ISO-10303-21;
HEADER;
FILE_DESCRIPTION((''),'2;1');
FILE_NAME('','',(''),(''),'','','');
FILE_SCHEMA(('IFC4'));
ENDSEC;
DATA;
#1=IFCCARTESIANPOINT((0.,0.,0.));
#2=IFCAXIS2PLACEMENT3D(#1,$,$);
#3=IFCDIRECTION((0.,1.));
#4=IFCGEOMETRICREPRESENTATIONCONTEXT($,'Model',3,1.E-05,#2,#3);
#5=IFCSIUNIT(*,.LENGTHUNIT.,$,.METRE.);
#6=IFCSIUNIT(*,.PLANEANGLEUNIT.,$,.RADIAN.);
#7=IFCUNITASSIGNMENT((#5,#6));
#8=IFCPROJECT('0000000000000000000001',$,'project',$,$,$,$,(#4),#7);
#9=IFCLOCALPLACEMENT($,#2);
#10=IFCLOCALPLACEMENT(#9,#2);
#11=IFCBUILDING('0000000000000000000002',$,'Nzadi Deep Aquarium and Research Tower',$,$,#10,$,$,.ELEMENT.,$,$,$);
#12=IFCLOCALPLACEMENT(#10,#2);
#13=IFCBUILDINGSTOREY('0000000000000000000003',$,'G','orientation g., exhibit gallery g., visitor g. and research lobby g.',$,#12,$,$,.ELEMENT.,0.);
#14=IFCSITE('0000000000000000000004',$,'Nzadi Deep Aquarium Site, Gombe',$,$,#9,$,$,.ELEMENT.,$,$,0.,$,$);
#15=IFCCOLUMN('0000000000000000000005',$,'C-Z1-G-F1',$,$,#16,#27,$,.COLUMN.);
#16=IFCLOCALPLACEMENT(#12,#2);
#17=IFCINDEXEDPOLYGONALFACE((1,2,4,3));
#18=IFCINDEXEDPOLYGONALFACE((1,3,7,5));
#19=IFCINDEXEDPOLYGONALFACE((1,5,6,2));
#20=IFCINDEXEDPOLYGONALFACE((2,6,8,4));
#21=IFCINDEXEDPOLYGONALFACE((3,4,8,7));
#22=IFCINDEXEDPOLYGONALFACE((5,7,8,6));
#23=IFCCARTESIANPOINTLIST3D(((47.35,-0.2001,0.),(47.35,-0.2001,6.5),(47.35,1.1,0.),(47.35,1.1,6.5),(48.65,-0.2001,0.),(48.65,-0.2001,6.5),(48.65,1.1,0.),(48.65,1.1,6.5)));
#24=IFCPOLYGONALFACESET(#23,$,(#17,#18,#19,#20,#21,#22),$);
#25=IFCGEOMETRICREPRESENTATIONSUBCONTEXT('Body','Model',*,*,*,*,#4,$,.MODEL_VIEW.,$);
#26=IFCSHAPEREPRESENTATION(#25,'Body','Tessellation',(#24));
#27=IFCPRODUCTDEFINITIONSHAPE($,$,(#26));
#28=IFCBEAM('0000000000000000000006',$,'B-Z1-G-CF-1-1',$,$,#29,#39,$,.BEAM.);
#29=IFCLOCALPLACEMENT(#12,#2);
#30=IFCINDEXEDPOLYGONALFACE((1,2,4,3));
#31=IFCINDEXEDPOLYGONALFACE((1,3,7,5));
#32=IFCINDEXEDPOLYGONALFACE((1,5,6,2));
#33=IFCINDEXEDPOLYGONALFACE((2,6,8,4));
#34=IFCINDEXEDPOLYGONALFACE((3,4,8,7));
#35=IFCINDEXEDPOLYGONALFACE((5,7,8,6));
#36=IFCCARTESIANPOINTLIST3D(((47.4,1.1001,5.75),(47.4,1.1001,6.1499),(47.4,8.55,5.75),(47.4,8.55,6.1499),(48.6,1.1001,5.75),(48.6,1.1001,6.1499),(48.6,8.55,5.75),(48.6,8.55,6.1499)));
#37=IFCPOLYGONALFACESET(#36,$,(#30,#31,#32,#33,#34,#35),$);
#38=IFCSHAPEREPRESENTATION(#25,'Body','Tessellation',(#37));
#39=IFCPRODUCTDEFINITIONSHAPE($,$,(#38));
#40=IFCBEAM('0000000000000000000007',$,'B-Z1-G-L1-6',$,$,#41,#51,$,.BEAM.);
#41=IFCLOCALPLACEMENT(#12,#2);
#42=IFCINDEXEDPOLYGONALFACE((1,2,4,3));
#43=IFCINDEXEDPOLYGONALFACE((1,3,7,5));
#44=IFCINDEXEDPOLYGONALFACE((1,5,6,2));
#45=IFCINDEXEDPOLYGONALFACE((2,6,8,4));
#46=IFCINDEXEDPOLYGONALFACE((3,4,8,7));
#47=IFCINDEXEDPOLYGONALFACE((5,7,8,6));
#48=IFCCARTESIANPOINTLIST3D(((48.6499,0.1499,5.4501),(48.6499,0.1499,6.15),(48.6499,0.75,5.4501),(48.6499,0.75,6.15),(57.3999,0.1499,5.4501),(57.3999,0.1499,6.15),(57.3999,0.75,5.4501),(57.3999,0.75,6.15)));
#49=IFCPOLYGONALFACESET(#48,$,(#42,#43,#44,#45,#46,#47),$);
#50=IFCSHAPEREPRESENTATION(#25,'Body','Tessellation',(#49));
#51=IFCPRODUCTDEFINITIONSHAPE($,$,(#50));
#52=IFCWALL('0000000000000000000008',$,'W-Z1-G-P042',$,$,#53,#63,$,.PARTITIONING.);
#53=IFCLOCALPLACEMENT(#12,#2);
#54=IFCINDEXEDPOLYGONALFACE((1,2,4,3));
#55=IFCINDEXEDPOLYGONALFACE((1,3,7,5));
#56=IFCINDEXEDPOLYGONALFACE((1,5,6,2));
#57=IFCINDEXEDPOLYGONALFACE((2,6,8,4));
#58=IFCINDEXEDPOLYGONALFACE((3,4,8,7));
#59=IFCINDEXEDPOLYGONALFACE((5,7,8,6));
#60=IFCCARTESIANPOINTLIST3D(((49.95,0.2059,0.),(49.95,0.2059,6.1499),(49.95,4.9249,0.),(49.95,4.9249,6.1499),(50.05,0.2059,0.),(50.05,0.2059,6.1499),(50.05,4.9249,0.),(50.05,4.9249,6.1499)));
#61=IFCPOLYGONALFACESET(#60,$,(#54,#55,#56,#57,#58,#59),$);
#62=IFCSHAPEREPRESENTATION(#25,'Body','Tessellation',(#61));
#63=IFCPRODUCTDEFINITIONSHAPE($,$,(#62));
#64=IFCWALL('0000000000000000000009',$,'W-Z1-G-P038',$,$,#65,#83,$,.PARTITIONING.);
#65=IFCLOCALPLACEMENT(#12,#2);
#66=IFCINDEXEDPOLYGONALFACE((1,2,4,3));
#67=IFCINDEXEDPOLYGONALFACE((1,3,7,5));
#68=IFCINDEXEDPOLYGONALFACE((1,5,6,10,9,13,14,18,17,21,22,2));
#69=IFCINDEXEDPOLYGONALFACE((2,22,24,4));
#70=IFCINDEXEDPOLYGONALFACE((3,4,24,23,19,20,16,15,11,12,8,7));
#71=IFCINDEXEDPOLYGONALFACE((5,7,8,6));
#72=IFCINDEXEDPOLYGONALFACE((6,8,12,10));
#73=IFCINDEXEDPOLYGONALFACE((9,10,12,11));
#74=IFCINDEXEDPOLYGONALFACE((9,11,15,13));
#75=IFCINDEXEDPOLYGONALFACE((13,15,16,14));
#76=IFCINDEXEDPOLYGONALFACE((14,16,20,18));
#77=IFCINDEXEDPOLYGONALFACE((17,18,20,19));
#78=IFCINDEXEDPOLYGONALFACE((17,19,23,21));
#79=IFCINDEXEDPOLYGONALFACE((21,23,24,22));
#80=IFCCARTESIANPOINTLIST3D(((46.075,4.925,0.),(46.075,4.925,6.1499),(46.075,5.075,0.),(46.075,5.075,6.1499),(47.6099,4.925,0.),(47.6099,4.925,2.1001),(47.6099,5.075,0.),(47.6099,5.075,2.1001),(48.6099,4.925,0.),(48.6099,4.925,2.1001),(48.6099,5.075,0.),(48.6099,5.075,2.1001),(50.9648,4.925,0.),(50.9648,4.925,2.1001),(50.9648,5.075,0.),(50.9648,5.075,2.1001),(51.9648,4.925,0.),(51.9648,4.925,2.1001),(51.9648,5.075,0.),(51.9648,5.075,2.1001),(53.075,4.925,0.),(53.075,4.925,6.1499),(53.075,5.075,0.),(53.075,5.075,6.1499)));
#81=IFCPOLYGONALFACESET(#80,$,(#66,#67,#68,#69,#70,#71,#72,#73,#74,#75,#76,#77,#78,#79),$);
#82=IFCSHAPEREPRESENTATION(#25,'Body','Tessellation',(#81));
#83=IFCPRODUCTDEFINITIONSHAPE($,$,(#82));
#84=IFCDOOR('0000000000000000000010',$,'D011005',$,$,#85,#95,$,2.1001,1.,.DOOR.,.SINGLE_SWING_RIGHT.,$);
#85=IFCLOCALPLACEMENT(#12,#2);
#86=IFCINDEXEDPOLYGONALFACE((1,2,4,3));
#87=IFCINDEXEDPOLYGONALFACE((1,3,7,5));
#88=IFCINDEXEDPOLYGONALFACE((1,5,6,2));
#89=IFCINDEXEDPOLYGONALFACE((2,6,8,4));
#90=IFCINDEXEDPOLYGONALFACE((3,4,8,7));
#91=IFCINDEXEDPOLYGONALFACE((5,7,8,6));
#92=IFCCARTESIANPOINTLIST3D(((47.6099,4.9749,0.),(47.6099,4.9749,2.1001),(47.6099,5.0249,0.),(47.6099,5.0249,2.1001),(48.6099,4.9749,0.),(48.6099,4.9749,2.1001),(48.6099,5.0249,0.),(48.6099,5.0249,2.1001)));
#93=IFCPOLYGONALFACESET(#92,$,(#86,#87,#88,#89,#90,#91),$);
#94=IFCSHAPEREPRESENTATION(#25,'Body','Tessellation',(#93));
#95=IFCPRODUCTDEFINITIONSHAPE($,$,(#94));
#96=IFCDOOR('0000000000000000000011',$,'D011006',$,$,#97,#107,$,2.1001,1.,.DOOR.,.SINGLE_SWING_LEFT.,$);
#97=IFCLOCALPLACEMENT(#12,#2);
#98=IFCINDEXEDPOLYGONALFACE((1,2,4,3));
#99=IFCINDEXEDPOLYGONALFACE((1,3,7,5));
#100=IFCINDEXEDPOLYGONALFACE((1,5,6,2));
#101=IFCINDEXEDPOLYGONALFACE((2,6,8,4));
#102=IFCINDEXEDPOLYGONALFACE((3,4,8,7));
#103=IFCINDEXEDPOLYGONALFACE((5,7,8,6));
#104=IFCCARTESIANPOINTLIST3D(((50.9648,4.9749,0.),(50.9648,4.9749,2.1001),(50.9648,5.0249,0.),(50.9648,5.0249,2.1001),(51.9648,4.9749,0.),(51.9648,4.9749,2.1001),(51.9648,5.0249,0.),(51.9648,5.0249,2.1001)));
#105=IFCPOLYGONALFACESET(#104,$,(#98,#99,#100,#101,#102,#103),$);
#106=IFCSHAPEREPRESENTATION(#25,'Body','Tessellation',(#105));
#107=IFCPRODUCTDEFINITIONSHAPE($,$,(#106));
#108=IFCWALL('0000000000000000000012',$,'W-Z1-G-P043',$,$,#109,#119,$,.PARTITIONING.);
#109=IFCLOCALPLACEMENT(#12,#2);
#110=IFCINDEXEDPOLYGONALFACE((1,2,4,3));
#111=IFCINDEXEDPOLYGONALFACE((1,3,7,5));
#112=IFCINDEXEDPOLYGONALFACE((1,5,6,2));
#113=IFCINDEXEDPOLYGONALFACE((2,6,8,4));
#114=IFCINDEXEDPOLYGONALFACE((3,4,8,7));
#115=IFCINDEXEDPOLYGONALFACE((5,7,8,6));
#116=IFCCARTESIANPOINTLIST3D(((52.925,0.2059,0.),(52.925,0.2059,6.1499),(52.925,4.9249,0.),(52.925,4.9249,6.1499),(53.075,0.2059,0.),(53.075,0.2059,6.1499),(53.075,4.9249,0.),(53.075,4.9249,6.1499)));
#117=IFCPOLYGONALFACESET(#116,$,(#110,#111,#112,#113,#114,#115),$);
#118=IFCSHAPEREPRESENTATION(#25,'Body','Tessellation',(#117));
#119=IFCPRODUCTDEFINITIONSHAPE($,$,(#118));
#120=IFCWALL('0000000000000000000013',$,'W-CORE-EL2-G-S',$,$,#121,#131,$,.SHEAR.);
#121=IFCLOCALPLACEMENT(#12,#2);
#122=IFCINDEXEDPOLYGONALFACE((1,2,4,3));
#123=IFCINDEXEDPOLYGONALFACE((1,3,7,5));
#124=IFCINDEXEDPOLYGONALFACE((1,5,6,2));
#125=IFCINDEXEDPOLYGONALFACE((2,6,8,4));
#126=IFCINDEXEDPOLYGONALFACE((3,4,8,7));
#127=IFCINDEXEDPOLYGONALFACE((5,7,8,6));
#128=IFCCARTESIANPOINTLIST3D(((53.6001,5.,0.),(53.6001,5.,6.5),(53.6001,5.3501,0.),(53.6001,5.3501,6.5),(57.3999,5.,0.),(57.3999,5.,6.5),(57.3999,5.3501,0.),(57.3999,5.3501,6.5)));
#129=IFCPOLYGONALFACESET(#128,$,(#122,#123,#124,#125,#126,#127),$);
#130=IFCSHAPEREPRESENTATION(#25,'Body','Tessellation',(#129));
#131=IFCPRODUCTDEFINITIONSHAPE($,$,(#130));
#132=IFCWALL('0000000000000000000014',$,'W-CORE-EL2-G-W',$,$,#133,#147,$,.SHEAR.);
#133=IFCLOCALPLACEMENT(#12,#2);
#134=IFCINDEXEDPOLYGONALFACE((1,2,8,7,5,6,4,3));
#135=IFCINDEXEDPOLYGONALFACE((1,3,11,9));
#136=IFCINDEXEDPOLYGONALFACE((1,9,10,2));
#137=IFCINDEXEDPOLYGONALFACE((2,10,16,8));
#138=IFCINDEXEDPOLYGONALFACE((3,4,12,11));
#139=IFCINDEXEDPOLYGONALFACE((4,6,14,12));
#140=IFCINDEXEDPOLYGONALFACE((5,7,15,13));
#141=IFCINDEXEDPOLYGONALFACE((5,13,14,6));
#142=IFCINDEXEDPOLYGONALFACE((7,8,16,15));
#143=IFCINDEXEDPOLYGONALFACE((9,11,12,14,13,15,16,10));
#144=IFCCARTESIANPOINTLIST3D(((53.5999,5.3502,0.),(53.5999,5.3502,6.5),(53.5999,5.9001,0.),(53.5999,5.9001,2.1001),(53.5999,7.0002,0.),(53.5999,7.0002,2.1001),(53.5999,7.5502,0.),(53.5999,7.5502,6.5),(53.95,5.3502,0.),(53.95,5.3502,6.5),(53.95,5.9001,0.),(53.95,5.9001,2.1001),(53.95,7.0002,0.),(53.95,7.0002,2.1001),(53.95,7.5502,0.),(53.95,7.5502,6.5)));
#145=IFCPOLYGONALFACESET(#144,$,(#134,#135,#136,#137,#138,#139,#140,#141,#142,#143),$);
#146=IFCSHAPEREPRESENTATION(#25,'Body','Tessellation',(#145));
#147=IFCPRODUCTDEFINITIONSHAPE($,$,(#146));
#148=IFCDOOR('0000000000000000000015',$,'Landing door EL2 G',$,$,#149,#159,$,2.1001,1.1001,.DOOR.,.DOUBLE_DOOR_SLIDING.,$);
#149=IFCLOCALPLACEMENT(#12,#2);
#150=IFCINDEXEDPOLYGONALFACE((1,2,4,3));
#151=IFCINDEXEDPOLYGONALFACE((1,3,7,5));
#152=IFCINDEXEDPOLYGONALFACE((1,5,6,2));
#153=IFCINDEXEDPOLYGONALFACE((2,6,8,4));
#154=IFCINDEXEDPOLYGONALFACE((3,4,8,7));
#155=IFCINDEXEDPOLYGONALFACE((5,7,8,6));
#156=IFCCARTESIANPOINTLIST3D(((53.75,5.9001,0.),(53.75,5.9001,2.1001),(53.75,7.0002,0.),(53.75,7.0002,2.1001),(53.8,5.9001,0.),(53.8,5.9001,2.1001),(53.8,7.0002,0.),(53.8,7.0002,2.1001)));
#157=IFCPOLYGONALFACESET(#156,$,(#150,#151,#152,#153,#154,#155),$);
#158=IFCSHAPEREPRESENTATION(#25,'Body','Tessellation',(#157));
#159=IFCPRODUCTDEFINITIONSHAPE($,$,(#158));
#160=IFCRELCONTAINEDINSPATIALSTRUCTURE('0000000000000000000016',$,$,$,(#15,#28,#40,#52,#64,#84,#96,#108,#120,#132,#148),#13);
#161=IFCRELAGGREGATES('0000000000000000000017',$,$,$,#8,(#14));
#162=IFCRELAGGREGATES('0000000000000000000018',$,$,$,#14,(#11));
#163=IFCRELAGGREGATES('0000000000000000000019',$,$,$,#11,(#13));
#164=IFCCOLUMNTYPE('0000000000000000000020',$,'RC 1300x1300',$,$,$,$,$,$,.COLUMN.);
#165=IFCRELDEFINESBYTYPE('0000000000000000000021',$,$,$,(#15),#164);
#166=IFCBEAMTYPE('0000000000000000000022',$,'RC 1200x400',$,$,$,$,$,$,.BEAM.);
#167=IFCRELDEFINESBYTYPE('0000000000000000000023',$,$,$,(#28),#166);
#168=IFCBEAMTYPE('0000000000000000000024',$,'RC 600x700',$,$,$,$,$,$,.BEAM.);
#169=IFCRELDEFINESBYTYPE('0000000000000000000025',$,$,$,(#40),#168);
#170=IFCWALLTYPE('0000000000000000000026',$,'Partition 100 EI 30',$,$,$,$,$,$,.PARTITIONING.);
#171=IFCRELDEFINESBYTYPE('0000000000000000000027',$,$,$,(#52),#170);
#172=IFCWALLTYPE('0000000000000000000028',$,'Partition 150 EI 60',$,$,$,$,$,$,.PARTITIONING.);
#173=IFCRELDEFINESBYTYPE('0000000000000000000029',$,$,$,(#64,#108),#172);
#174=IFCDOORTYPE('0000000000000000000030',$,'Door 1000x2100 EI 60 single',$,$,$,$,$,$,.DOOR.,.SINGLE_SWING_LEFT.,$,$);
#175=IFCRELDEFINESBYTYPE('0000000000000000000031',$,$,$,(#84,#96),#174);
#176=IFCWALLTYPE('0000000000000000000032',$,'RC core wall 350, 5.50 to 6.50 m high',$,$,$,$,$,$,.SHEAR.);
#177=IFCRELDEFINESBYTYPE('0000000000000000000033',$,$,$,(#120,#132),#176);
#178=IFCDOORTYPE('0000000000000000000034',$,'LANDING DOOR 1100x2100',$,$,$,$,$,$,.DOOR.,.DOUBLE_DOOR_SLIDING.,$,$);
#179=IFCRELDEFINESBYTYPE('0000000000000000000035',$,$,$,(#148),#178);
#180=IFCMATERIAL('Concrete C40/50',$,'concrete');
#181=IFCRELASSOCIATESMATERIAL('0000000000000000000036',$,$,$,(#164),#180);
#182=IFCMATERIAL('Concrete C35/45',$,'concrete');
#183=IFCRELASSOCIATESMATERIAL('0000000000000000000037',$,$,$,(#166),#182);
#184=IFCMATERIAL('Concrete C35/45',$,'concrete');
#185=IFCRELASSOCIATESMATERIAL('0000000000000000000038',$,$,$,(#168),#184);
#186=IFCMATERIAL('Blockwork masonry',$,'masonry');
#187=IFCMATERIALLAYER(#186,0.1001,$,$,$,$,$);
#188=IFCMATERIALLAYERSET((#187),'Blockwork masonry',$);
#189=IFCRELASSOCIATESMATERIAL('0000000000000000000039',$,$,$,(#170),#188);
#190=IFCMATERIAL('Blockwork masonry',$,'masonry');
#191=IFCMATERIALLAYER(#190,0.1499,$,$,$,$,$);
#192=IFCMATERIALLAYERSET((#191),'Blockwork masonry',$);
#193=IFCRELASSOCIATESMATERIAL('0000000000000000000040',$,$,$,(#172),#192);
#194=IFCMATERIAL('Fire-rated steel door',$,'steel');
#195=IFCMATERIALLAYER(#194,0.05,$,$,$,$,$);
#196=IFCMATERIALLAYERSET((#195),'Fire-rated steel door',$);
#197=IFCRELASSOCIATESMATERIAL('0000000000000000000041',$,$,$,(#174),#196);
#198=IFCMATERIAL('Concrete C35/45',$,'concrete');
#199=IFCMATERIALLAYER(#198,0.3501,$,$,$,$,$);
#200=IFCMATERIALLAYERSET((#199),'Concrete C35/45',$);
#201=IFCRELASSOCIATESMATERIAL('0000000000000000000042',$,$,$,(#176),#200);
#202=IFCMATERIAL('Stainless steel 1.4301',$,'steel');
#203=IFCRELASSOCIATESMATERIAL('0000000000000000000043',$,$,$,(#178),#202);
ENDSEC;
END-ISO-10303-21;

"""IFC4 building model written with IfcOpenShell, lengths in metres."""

from ifc_helpers import new_model, si_unit, direction, frame, frame_2d, origin, origin_2d, place, context, subcontext, project, spatial, rectangle, extrude, material, layer, layer_set, material_profile, profile_set, type_object, element, fill, save


model = new_model("IFC4")

# Units and contexts
model_context = context("Model", 3, precision=1e-05, world=origin(), true_north=direction((0.0, 1.0)))
body_context = subcontext(model_context, "Body", "Model", "MODEL_VIEW")
ifc_project = project(units=[si_unit("LENGTHUNIT", "METRE"), si_unit("PLANEANGLEUNIT", "RADIAN")], contexts=[model_context])

# Site, building, storey
site_placement = place(None, origin())
site = spatial("IfcSite", under=ifc_project, at=site_placement, Name="Nzadi Deep Aquarium Site, Gombe", CompositionType="ELEMENT", RefElevation=0.0)
building_placement = place(site_placement, origin())
building = spatial("IfcBuilding", under=site, at=building_placement, Name="Nzadi Deep Aquarium and Research Tower", CompositionType="ELEMENT")
storey_placement = place(building_placement, origin())
storey = spatial("IfcBuildingStorey", under=building, at=storey_placement, Name="G", Description="orientation g., exhibit gallery g., visitor g. and research lobby g.", CompositionType="ELEMENT", Elevation=0.0)

# Column
ifc_material_1 = material(Name="Concrete C40/50", Category="concrete")
ifc_material_profile_1 = material_profile(ifc_material_1, rectangle(XDim=1.3, YDim=1.3, at=origin_2d()))
ifc_profile_set_1 = profile_set([ifc_material_profile_1], Name="Concrete C40/50")
column_type = type_object("IfcColumnType", Name="RC 1300x1300", PredefinedType="COLUMN", material=ifc_profile_set_1)
column_placement = place(storey_placement, frame((48.0, 0.45, 0.0), z_axis=(0.0, 0.0, 1.0), x_axis=(1.0, 0.0, 0.0)))
element("IfcColumn", 1, at=column_placement, inside=storey, type_object=column_type, Name="C-Z1-G-F1", PredefinedType="COLUMN", context=body_context, shape_type="SweptSolid", body=[
    extrude(rectangle(XDim=1.3, YDim=1.3, at=origin_2d()), origin(), (0.0, 0.0, 1.0), 6.5),
])

# Beams
ifc_material_2 = material(Name="Concrete C35/45", Category="concrete")
ifc_material_profile_2 = material_profile(ifc_material_2, rectangle(XDim=1.2, YDim=0.3999, at=origin_2d()))
ifc_profile_set_2 = profile_set([ifc_material_profile_2], Name="Concrete C35/45")
beam_type_1 = type_object("IfcBeamType", Name="RC 1200x400", PredefinedType="BEAM", material=ifc_profile_set_2)
beam_1_placement = place(storey_placement, frame((48.0, 1.1001, 5.95), z_axis=(0.0, 1.0, 0.0), x_axis=(-1.0, 0.0, 0.0)))
element("IfcBeam", 2, at=beam_1_placement, inside=storey, type_object=beam_type_1, Name="B-Z1-G-CF-1-1", PredefinedType="BEAM", context=body_context, shape_type="SweptSolid", body=[
    extrude(rectangle(XDim=1.2, YDim=0.3999, at=origin_2d()), origin(), (0.0, 0.0, 1.0), 7.45),
])
ifc_material_3 = material(Name="Concrete C35/45", Category="concrete")
ifc_material_profile_3 = material_profile(ifc_material_3, rectangle(XDim=0.6001, YDim=0.7, at=origin_2d()))
ifc_profile_set_3 = profile_set([ifc_material_profile_3], Name="Concrete C35/45")
beam_type_2 = type_object("IfcBeamType", Name="RC 600x700", PredefinedType="BEAM", material=ifc_profile_set_3)
beam_2_placement = place(storey_placement, frame((48.6499, 0.45, 5.8), z_axis=(1.0, 0.0, 0.0), x_axis=(0.0, 1.0, 0.0)))
element("IfcBeam", 3, at=beam_2_placement, inside=storey, type_object=beam_type_2, Name="B-Z1-G-L1-6", PredefinedType="BEAM", context=body_context, shape_type="SweptSolid", body=[
    extrude(rectangle(XDim=0.6001, YDim=0.7, at=origin_2d()), origin(), (0.0, 0.0, 1.0), 8.75),
])

# Wall
ifc_material_4 = material(Name="Blockwork masonry", Category="masonry")
ifc_layer_1 = layer(ifc_material_4, 0.1001)
ifc_layer_set_1 = layer_set([ifc_layer_1], Name="Blockwork masonry")
wall_type_1 = type_object("IfcWallType", Name="Partition 100 EI 30", PredefinedType="PARTITIONING", material=ifc_layer_set_1)
wall_1_placement = place(storey_placement, frame((50.0, 0.2061, 0.0), z_axis=(0.0, 0.0, 1.0), x_axis=(0.0, 1.0, 0.0)))
element("IfcWall", 4, at=wall_1_placement, inside=storey, type_object=wall_type_1, Name="W-Z1-G-P042", PredefinedType="PARTITIONING", context=body_context, shape_type="SweptSolid", body=[
    extrude(rectangle(XDim=4.719, YDim=0.1001, at=frame_2d((2.3594, 0.0))), origin(), (0.0, 0.0, 1.0), 6.1499),
])

# Wall, openings, doors
ifc_material_5 = material(Name="Blockwork masonry", Category="masonry")
ifc_layer_2 = layer(ifc_material_5, 0.1499)
ifc_layer_set_2 = layer_set([ifc_layer_2], Name="Blockwork masonry")
wall_type_2 = type_object("IfcWallType", Name="Partition 150 EI 60", PredefinedType="PARTITIONING", material=ifc_layer_set_2)
wall_2_placement = place(storey_placement, frame((46.075, 5.0, 0.0), z_axis=(0.0, 0.0, 1.0), x_axis=(1.0, 0.0, 0.0)))
wall_2 = element("IfcWall", 5, at=wall_2_placement, inside=storey, type_object=wall_type_2, Name="W-Z1-G-P038", PredefinedType="PARTITIONING", context=body_context, shape_type="SweptSolid", body=[
    extrude(rectangle(XDim=7.0, YDim=0.1499, at=frame_2d((3.5, 0.0))), origin(), (0.0, 0.0, 1.0), 6.1499),
])
opening_1_placement = place(wall_2_placement, frame((1.5349, 0.0, 0.0)))
opening_1 = element("IfcOpeningElement", 6, at=opening_1_placement, cuts=wall_2, PredefinedType="OPENING", context=body_context, shape_type="SweptSolid", body=[
    extrude(rectangle(XDim=1.0, YDim=2.1001, at=frame_2d((0.5, 1.05))), frame((0.0, 0.085, 0.0), z_axis=(0.0, -1.0, 0.0), x_axis=(1.0, 0.0, 0.0)), (0.0, 0.0, 1.0), 0.1699),
])
opening_2_placement = place(wall_2_placement, frame((4.8899, 0.0, 0.0)))
opening_2 = element("IfcOpeningElement", 7, at=opening_2_placement, cuts=wall_2, PredefinedType="OPENING", context=body_context, shape_type="SweptSolid", body=[
    extrude(rectangle(XDim=1.0, YDim=2.1001, at=frame_2d((0.5, 1.05))), frame((0.0, 0.085, 0.0), z_axis=(0.0, -1.0, 0.0), x_axis=(1.0, 0.0, 0.0)), (0.0, 0.0, 1.0), 0.1699),
])
ifc_material_6 = material(Name="Fire-rated steel door", Category="steel")
ifc_layer_3 = layer(ifc_material_6, 0.05)
ifc_layer_set_3 = layer_set([ifc_layer_3], Name="Fire-rated steel door")
door_type_1 = type_object("IfcDoorType", Name="Door 1000x2100 EI 60 single", OperationType="SINGLE_SWING_LEFT", PredefinedType="DOOR", material=ifc_layer_set_3)
door_1_placement = place(opening_1_placement, origin())
door_1 = element("IfcDoor", 8, at=door_1_placement, inside=storey, type_object=door_type_1, Name="D011005", OperationType="SINGLE_SWING_RIGHT", OverallHeight=2.1001, OverallWidth=1.0, PredefinedType="DOOR", context=body_context, shape_type="SweptSolid", body=[
    extrude(rectangle(XDim=1.0, YDim=2.1001, at=frame_2d((0.5, 1.05))), frame((0.0, 0.0249, 0.0), z_axis=(0.0, -1.0, 0.0), x_axis=(1.0, 0.0, 0.0)), (0.0, 0.0, 1.0), 0.05),
])
fill(opening_1, door_1)
door_2_placement = place(opening_2_placement, origin())
door_2 = element("IfcDoor", 9, at=door_2_placement, inside=storey, type_object=door_type_1, Name="D011006", OperationType="SINGLE_SWING_LEFT", OverallHeight=2.1001, OverallWidth=1.0, PredefinedType="DOOR", context=body_context, shape_type="SweptSolid", body=[
    extrude(rectangle(XDim=1.0, YDim=2.1001, at=frame_2d((0.5, 1.05))), frame((0.0, 0.0249, 0.0), z_axis=(0.0, -1.0, 0.0), x_axis=(1.0, 0.0, 0.0)), (0.0, 0.0, 1.0), 0.05),
])
fill(opening_2, door_2)

# Walls
wall_3_placement = place(storey_placement, frame((53.0, 0.2061, 0.0), z_axis=(0.0, 0.0, 1.0), x_axis=(0.0, 1.0, 0.0)))
element("IfcWall", 10, at=wall_3_placement, inside=storey, type_object=wall_type_2, Name="W-Z1-G-P043", PredefinedType="PARTITIONING", context=body_context, shape_type="SweptSolid", body=[
    extrude(rectangle(XDim=4.719, YDim=0.1499, at=frame_2d((2.3594, 0.0))), origin(), (0.0, 0.0, 1.0), 6.1499),
])
ifc_material_7 = material(Name="Concrete C35/45", Category="concrete")
ifc_layer_4 = layer(ifc_material_7, 0.3501)
ifc_layer_set_4 = layer_set([ifc_layer_4], Name="Concrete C35/45")
wall_type_3 = type_object("IfcWallType", Name="RC core wall 350, 5.50 to 6.50 m high", PredefinedType="SHEAR", material=ifc_layer_set_4)
wall_4_placement = place(storey_placement, frame((53.6001, 5.175, 0.0), z_axis=(0.0, 0.0, 1.0), x_axis=(1.0, 0.0, 0.0)))
element("IfcWall", 11, at=wall_4_placement, inside=storey, type_object=wall_type_3, Name="W-CORE-EL2-G-S", PredefinedType="SHEAR", context=body_context, shape_type="SweptSolid", body=[
    extrude(rectangle(XDim=3.7998, YDim=0.3501, at=frame_2d((1.8999, 0.0))), origin(), (0.0, 0.0, 1.0), 6.5),
])

# Wall, opening, door
wall_5_placement = place(storey_placement, frame((53.7749, 5.3501, 0.0), z_axis=(0.0, 0.0, 1.0), x_axis=(0.0, 1.0, 0.0)))
wall_5 = element("IfcWall", 12, at=wall_5_placement, inside=storey, type_object=wall_type_3, Name="W-CORE-EL2-G-W", PredefinedType="SHEAR", context=body_context, shape_type="SweptSolid", body=[
    extrude(rectangle(XDim=2.2, YDim=0.3501, at=frame_2d((1.1001, 0.0))), origin(), (0.0, 0.0, 1.0), 6.5),
])
opening_3_placement = place(wall_5_placement, frame((0.55, 0.0, 0.0)))
opening_3 = element("IfcOpeningElement", 13, at=opening_3_placement, cuts=wall_5, PredefinedType="OPENING", context=body_context, shape_type="SweptSolid", body=[
    extrude(rectangle(XDim=1.1001, YDim=2.1001, at=frame_2d((0.55, 1.05))), frame((0.0, 0.1851, 0.0), z_axis=(0.0, -1.0, 0.0), x_axis=(1.0, 0.0, 0.0)), (0.0, 0.0, 1.0), 0.3701),
])
ifc_material_8 = material(Name="Stainless steel 1.4301", Category="steel")
door_type_2 = type_object("IfcDoorType", Name="LANDING DOOR 1100x2100", OperationType="DOUBLE_DOOR_SLIDING", PredefinedType="DOOR", material=ifc_material_8)
door_3_placement = place(opening_3_placement, origin())
door_3 = element("IfcDoor", 14, at=door_3_placement, inside=storey, type_object=door_type_2, Name="Landing door EL2 G", OperationType="DOUBLE_DOOR_SLIDING", OverallHeight=2.1001, OverallWidth=1.1001, PredefinedType="DOOR", context=body_context, shape_type="SweptSolid", body=[
    extrude(rectangle(XDim=1.1001, YDim=2.1001, at=frame_2d((0.55, 1.05))), frame((0.0, 0.0249, 0.0), z_axis=(0.0, -1.0, 0.0), x_axis=(1.0, 0.0, 0.0)), (0.0, 0.0, 1.0), 0.05),
])
fill(opening_3, door_3)

save(model, "model.ifc")
